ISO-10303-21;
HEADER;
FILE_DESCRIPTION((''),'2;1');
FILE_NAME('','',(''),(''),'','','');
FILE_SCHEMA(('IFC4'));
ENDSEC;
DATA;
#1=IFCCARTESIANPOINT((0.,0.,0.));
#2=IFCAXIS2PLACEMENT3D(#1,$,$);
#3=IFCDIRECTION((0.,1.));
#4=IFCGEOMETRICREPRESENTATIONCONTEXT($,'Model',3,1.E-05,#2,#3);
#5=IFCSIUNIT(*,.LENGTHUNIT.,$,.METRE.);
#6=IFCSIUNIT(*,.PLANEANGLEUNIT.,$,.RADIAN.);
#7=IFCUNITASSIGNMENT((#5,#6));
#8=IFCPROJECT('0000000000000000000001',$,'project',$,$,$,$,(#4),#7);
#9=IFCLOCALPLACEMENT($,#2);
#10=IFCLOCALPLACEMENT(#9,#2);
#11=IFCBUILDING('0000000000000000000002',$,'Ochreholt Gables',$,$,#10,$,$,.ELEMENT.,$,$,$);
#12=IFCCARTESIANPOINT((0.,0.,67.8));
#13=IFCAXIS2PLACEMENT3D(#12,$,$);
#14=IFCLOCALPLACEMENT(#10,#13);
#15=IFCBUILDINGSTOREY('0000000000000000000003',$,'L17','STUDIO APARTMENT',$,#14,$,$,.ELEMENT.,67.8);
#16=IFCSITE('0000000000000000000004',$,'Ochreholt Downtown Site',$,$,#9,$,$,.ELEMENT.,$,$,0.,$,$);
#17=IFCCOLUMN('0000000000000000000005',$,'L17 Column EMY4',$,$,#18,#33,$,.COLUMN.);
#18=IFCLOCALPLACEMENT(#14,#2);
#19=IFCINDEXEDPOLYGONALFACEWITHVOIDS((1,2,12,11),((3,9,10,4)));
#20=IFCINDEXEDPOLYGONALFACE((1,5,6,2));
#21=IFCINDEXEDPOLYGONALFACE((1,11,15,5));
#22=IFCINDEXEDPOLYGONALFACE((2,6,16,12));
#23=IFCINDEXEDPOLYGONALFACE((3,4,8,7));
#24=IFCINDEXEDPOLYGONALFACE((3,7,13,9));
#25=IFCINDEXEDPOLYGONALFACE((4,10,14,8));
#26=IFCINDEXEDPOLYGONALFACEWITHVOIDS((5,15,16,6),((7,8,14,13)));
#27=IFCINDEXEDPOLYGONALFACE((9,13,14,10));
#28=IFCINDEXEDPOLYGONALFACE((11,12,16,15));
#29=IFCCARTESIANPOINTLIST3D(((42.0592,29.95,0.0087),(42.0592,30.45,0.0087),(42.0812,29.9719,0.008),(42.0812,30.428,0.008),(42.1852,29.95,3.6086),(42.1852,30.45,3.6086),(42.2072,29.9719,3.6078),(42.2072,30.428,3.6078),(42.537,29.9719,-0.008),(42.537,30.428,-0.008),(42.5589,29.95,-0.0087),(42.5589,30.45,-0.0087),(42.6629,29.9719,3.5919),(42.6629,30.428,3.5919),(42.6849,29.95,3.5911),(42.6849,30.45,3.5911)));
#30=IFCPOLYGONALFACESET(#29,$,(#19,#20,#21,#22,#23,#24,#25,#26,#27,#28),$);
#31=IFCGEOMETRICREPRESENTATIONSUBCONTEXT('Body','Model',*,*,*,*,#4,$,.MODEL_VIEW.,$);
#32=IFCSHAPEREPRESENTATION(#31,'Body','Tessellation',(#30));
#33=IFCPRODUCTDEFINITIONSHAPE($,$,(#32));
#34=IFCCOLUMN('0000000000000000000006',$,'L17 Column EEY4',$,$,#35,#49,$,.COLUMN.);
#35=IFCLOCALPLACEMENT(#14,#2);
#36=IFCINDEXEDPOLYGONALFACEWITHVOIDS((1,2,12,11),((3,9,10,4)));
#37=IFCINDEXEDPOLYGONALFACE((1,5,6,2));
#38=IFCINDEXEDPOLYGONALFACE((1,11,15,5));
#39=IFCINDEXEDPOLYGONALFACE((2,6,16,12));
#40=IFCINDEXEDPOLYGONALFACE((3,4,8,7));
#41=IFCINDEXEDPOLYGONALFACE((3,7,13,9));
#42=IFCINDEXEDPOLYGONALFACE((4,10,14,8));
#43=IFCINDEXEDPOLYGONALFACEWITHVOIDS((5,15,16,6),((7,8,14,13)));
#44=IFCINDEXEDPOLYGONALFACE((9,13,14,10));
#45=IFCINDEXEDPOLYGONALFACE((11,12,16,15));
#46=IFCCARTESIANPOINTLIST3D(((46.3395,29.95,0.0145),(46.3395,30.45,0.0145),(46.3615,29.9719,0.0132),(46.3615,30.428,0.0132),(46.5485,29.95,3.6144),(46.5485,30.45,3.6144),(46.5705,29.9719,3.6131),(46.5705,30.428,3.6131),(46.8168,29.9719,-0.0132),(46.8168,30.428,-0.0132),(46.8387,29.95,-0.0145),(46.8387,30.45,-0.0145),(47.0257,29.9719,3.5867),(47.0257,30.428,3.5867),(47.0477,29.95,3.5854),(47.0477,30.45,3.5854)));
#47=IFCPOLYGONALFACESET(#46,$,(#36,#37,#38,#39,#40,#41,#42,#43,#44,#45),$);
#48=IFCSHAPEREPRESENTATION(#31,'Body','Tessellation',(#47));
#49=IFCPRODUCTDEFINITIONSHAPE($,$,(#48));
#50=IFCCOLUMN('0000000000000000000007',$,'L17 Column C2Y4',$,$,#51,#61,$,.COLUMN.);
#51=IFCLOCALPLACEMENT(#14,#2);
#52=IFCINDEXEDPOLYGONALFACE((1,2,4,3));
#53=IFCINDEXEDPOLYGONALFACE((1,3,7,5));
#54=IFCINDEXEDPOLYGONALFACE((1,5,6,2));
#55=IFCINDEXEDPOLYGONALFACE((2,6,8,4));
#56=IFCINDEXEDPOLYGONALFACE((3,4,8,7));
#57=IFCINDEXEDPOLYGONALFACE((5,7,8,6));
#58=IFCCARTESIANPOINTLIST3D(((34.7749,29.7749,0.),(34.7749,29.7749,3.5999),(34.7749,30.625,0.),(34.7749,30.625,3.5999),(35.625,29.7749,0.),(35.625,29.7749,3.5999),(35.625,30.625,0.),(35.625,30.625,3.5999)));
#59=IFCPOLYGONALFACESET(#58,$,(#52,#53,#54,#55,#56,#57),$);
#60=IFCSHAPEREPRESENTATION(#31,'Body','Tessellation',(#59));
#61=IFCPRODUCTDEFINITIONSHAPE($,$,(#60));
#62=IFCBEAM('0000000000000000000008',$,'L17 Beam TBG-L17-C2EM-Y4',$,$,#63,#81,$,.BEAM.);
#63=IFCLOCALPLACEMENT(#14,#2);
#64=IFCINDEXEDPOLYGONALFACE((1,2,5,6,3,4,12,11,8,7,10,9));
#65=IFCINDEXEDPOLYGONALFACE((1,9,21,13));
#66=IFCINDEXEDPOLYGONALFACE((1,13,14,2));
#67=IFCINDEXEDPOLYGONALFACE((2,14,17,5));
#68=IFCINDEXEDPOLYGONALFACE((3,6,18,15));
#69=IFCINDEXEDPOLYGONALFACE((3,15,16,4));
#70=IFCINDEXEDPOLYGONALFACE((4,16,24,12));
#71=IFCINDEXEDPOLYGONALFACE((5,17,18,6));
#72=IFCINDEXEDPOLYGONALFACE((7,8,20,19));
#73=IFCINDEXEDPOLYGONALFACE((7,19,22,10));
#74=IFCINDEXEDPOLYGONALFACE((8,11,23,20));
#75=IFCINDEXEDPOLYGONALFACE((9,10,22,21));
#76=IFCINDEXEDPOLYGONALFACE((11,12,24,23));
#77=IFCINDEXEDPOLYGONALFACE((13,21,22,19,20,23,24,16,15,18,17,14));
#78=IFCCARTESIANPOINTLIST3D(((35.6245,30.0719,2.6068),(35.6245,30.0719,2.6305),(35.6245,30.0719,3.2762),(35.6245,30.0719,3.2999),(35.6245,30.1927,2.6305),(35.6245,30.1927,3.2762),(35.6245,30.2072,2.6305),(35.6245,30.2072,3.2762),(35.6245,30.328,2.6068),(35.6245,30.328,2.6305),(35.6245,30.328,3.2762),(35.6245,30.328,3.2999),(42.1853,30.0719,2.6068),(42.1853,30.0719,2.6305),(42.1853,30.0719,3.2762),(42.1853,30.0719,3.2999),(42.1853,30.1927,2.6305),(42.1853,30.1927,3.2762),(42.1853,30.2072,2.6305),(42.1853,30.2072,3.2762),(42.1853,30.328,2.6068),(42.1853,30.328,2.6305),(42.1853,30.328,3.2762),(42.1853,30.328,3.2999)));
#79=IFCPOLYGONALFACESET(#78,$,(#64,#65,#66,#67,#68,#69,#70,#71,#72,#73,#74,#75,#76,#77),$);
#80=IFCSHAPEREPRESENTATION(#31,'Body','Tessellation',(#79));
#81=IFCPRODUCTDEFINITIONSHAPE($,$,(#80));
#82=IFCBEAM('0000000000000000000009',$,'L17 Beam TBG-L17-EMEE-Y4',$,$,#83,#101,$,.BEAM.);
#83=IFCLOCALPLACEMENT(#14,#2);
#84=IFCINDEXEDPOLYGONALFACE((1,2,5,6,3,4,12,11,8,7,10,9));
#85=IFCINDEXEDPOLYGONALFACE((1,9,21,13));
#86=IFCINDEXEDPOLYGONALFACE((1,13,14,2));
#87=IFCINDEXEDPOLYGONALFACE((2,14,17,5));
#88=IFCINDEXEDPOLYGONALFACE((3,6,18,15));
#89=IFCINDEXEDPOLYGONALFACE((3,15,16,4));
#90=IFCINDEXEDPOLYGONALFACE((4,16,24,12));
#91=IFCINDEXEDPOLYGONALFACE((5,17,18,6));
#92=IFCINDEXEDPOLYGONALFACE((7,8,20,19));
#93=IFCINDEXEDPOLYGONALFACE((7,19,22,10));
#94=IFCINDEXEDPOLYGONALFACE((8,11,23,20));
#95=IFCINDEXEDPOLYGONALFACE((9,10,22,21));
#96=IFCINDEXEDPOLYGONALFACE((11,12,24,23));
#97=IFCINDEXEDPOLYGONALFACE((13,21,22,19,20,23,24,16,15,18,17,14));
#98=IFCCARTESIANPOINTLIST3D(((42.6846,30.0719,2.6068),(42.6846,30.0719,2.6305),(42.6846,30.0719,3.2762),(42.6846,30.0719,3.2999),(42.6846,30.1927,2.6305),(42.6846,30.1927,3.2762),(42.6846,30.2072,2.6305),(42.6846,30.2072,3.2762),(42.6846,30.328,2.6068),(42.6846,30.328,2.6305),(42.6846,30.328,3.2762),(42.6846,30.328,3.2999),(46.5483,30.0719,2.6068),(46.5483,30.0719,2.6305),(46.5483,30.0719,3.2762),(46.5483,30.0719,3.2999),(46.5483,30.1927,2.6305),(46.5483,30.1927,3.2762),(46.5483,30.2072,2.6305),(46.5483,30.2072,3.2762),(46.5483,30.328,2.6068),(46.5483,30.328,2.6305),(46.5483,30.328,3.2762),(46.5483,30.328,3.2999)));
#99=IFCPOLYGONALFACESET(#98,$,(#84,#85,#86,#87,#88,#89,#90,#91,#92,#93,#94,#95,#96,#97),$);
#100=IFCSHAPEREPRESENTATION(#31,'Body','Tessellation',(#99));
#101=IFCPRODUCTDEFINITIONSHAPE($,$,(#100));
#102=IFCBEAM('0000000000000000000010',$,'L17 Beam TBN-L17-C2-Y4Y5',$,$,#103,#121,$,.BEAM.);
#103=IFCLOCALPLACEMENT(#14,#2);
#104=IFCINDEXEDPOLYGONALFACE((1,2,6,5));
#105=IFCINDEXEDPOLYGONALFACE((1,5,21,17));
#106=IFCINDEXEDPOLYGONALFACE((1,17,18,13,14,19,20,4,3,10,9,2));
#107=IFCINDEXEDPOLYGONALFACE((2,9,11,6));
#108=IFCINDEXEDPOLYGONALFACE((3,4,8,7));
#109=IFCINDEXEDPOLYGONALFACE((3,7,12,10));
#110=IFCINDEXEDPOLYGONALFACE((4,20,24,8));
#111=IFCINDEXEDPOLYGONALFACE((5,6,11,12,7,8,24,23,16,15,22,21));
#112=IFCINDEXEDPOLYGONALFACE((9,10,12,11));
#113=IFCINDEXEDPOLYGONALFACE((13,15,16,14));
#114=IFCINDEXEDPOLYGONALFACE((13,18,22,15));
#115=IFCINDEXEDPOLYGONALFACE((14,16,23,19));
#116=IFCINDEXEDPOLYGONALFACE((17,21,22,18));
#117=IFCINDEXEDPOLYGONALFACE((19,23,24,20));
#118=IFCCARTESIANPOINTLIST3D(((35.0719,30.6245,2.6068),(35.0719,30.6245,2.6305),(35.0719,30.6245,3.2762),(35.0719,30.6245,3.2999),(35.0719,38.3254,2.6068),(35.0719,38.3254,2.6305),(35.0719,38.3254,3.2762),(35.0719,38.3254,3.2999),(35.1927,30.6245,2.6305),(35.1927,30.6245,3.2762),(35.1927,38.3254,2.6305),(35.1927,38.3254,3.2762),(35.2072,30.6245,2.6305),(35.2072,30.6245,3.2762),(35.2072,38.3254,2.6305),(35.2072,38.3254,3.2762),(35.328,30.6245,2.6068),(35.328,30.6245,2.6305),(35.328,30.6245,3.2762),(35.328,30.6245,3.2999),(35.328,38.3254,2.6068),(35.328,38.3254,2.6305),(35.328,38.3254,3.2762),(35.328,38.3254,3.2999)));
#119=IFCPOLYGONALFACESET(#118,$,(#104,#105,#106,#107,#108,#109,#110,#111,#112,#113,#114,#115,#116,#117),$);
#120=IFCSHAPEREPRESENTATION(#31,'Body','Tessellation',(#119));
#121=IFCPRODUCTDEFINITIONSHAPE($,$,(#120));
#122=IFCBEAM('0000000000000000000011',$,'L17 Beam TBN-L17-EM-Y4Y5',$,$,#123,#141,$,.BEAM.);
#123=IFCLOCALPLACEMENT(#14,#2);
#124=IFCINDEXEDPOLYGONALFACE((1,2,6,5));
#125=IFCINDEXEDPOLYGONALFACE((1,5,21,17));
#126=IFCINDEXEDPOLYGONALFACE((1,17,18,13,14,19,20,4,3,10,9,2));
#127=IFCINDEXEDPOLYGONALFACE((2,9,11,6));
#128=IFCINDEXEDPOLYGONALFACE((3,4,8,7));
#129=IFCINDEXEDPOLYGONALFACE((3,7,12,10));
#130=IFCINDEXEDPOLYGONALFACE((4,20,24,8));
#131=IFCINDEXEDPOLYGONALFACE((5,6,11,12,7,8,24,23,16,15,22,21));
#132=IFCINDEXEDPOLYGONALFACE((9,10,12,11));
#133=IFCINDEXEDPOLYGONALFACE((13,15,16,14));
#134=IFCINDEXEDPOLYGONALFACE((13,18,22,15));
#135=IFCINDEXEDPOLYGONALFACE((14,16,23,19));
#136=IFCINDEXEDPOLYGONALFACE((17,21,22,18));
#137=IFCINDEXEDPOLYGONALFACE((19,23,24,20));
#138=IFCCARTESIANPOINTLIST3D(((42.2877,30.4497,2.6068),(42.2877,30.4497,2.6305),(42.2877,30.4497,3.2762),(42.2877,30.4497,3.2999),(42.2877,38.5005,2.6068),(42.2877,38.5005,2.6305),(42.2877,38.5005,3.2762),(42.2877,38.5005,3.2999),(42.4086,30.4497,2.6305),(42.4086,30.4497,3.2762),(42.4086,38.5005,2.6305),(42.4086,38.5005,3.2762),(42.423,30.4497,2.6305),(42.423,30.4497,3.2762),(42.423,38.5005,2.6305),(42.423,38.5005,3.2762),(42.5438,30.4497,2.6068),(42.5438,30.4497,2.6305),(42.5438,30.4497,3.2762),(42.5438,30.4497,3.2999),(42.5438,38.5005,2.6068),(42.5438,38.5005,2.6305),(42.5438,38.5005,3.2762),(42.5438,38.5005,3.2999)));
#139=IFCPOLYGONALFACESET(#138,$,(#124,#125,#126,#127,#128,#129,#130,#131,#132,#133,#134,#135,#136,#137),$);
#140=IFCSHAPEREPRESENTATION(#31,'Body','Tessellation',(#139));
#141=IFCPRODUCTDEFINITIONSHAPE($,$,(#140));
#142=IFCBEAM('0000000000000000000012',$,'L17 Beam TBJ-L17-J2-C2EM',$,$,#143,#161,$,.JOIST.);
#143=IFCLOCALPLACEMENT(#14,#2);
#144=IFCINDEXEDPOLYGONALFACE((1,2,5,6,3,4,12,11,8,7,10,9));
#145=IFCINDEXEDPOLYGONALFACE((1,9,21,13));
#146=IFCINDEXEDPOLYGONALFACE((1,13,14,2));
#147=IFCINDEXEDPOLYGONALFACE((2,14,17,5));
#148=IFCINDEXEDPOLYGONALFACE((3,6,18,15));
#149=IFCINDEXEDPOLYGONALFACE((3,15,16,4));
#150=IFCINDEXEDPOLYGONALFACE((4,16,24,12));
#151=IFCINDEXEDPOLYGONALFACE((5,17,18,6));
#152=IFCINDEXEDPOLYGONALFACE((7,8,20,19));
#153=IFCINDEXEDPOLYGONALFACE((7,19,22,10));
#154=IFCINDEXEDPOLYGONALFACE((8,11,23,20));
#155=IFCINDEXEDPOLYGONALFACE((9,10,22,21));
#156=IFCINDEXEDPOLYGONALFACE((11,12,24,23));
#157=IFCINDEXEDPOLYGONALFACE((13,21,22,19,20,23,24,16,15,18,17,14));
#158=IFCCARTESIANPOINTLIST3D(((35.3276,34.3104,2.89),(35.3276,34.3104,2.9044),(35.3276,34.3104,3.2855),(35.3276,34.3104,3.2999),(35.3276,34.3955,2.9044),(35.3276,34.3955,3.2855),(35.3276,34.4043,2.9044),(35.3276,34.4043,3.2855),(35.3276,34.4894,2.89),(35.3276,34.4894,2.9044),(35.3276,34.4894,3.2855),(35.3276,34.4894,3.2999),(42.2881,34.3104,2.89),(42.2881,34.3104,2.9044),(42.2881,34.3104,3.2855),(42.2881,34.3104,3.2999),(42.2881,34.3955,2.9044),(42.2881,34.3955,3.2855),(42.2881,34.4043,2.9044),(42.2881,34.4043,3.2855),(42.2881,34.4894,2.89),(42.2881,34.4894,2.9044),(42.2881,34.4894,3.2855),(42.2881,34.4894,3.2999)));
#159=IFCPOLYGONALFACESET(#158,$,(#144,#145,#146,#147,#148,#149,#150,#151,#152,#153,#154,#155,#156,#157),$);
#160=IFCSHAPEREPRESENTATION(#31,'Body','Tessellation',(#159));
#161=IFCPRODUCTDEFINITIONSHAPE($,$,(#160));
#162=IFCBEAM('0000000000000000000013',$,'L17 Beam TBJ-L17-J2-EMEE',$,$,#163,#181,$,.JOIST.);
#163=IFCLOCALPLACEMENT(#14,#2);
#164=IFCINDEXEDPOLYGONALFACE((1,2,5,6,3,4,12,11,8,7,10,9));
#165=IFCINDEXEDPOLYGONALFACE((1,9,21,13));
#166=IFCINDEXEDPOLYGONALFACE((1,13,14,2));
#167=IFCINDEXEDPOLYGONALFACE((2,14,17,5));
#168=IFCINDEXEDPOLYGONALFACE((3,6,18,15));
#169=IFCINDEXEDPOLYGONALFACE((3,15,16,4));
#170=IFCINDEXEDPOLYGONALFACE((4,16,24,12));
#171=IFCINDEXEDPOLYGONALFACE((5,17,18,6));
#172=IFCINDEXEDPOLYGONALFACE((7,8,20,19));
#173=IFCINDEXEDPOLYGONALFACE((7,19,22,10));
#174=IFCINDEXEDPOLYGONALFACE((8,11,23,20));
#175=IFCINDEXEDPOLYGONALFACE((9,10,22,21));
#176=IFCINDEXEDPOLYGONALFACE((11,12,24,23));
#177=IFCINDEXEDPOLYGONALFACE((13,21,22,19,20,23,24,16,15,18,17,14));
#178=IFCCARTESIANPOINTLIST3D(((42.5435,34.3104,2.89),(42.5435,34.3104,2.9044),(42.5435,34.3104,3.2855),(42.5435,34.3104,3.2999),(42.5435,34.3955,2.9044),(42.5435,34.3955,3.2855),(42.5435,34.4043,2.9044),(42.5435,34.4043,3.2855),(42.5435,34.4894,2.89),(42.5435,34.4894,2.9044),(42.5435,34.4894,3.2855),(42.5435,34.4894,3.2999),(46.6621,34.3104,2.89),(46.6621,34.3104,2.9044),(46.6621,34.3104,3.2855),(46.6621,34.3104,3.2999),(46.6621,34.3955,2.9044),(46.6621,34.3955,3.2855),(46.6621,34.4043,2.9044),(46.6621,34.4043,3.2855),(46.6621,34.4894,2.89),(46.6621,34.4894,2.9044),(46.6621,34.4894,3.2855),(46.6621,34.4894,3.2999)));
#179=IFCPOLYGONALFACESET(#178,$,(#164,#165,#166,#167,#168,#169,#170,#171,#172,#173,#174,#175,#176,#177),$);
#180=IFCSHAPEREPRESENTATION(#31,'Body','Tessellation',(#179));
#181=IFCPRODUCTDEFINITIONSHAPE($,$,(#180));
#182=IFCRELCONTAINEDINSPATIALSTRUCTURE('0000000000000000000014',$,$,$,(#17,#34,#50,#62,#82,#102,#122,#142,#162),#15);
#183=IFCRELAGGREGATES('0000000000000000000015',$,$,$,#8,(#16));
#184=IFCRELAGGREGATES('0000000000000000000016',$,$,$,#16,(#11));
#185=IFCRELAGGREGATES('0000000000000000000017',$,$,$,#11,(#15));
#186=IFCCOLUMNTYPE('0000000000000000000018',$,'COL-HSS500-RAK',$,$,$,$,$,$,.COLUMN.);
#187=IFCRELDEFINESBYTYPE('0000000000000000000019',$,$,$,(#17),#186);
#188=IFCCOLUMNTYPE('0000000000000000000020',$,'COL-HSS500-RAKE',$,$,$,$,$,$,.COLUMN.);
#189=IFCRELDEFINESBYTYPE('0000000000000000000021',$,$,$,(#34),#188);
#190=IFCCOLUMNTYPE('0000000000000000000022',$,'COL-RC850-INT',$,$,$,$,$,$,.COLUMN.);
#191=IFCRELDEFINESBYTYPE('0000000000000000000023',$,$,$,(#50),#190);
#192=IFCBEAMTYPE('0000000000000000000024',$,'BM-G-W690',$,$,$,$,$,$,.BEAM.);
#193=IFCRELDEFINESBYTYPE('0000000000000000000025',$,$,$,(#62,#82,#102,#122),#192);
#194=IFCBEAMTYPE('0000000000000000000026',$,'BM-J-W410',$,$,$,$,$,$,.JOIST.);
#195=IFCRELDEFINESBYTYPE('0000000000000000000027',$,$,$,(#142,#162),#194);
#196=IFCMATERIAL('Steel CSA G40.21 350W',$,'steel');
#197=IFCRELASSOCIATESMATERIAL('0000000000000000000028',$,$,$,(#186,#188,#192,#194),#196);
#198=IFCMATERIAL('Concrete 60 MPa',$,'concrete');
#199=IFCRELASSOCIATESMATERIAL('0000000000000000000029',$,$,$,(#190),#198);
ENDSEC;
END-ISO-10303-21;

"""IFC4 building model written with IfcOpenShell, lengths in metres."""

from ifc_helpers import new_model, si_unit, direction, frame, origin, origin_2d, place, context, subcontext, project, spatial, rectangle, hollow_rectangle, i_section, extrude, material, material_profile, profile_set, type_object, element, save


model = new_model("IFC4")

# Units and contexts
model_context = context("Model", 3, precision=1e-05, world=origin(), true_north=direction((0.0, 1.0)))
body_context = subcontext(model_context, "Body", "Model", "MODEL_VIEW")
ifc_project = project(units=[si_unit("LENGTHUNIT", "METRE"), si_unit("PLANEANGLEUNIT", "RADIAN")], contexts=[model_context])

# Site, building, storey
site_placement = place(None, origin())
site = spatial("IfcSite", under=ifc_project, at=site_placement, Name="Ochreholt Downtown Site", CompositionType="ELEMENT", RefElevation=0.0)
building_placement = place(site_placement, origin())
building = spatial("IfcBuilding", under=site, at=building_placement, Name="Ochreholt Gables", CompositionType="ELEMENT")
storey_placement = place(building_placement, frame((0.0, 0.0, 67.8)))
storey = spatial("IfcBuildingStorey", under=building, at=storey_placement, Name="L17", Description="STUDIO APARTMENT", CompositionType="ELEMENT", Elevation=67.8)

# Columns
ifc_material_1 = material(Name="Steel CSA G40.21 350W", Category="steel")
ifc_material_profile_1 = material_profile(ifc_material_1, hollow_rectangle(XDim=0.5, YDim=0.5, WallThickness=0.022, at=origin_2d()), Name="HSS500X500X22")
ifc_profile_set_1 = profile_set([ifc_material_profile_1], Name="Steel CSA G40.21 350W")
column_type_1 = type_object("IfcColumnType", Name="COL-HSS500-RAK", PredefinedType="COLUMN", material=ifc_profile_set_1)
column_1_placement = place(storey_placement, frame((42.3091, 30.2, 0.0), z_axis=(0.034974, 0.0, 0.999388), x_axis=(0.0, 1.0, 0.0)))
element("IfcColumn", 1, at=column_1_placement, inside=storey, type_object=column_type_1, Name="L17 Column EMY4", PredefinedType="COLUMN", context=body_context, shape_type="SweptSolid", body=[
    extrude(hollow_rectangle(XDim=0.5, YDim=0.5, WallThickness=0.022, at=origin_2d()), origin(), (0.0, 0.0, 1.0), 3.6021),
])
ifc_material_profile_2 = material_profile(ifc_material_1, hollow_rectangle(XDim=0.5, YDim=0.5, WallThickness=0.022, at=origin_2d()), Name="HSS500X500X22")
ifc_profile_set_2 = profile_set([ifc_material_profile_2], Name="Steel CSA G40.21 350W")
column_type_2 = type_object("IfcColumnType", Name="COL-HSS500-RAKE", PredefinedType="COLUMN", material=ifc_profile_set_2)
column_2_placement = place(storey_placement, frame((46.5891, 30.2, 0.0), z_axis=(0.057956, 0.0, 0.998319), x_axis=(0.0, 1.0, 0.0)))
element("IfcColumn", 2, at=column_2_placement, inside=storey, type_object=column_type_2, Name="L17 Column EEY4", PredefinedType="COLUMN", context=body_context, shape_type="SweptSolid", body=[
    extrude(hollow_rectangle(XDim=0.5, YDim=0.5, WallThickness=0.022, at=origin_2d()), origin(), (0.0, 0.0, 1.0), 3.606),
])
ifc_material_2 = material(Name="Concrete 60 MPa", Category="concrete")
ifc_material_profile_3 = material_profile(ifc_material_2, rectangle(XDim=0.8501, YDim=0.8501, at=origin_2d()), Name="RC850X850")
ifc_profile_set_3 = profile_set([ifc_material_profile_3], Name="Concrete 60 MPa")
column_type_3 = type_object("IfcColumnType", Name="COL-RC850-INT", PredefinedType="COLUMN", material=ifc_profile_set_3)
column_3_placement = place(storey_placement, frame((35.2, 30.2, 0.0), z_axis=(0.0, 0.0, 1.0), x_axis=(1.0, 0.0, 0.0)))
element("IfcColumn", 3, at=column_3_placement, inside=storey, type_object=column_type_3, Name="L17 Column C2Y4", PredefinedType="COLUMN", context=body_context, shape_type="SweptSolid", body=[
    extrude(rectangle(XDim=0.8501, YDim=0.8501, at=origin_2d()), origin(), (0.0, 0.0, 1.0), 3.5999),
])

# Beams
ifc_material_profile_4 = material_profile(ifc_material_1, i_section(OverallWidth=0.2561, OverallDepth=0.6931, WebThickness=0.0144, FlangeThickness=0.0237, at=origin_2d()), Name="W690X170")
ifc_profile_set_4 = profile_set([ifc_material_profile_4], Name="Steel CSA G40.21 350W")
beam_type_1 = type_object("IfcBeamType", Name="BM-G-W690", PredefinedType="BEAM", material=ifc_profile_set_4)
beam_1_placement = place(storey_placement, frame((35.6245, 30.2, 2.9534), z_axis=(1.0, 0.0, 0.0), x_axis=(0.0, 1.0, 0.0)))
element("IfcBeam", 4, at=beam_1_placement, inside=storey, type_object=beam_type_1, Name="L17 Beam TBG-L17-C2EM-Y4", PredefinedType="BEAM", context=body_context, shape_type="SweptSolid", body=[
    extrude(i_section(OverallWidth=0.2561, OverallDepth=0.6931, WebThickness=0.0144, FlangeThickness=0.0237, at=origin_2d()), origin(), (0.0, 0.0, 1.0), 6.5608),
])
beam_2_placement = place(storey_placement, frame((42.6846, 30.2, 2.9534), z_axis=(1.0, 0.0, 0.0), x_axis=(0.0, 1.0, 0.0)))
element("IfcBeam", 5, at=beam_2_placement, inside=storey, type_object=beam_type_1, Name="L17 Beam TBG-L17-EMEE-Y4", PredefinedType="BEAM", context=body_context, shape_type="SweptSolid", body=[
    extrude(i_section(OverallWidth=0.2561, OverallDepth=0.6931, WebThickness=0.0144, FlangeThickness=0.0237, at=origin_2d()), origin(), (0.0, 0.0, 1.0), 3.8638),
])
beam_3_placement = place(storey_placement, frame((35.2, 30.6245, 2.9534), z_axis=(0.0, 1.0, 0.0), x_axis=(-1.0, 0.0, 0.0)))
element("IfcBeam", 6, at=beam_3_placement, inside=storey, type_object=beam_type_1, Name="L17 Beam TBN-L17-C2-Y4Y5", PredefinedType="BEAM", context=body_context, shape_type="SweptSolid", body=[
    extrude(i_section(OverallWidth=0.2561, OverallDepth=0.6931, WebThickness=0.0144, FlangeThickness=0.0237, at=origin_2d()), origin(), (0.0, 0.0, 1.0), 7.7009),
])
beam_4_placement = place(storey_placement, frame((42.4158, 30.4497, 2.9534), z_axis=(0.0, 1.0, 0.0), x_axis=(-1.0, 0.0, 0.0)))
element("IfcBeam", 7, at=beam_4_placement, inside=storey, type_object=beam_type_1, Name="L17 Beam TBN-L17-EM-Y4Y5", PredefinedType="BEAM", context=body_context, shape_type="SweptSolid", body=[
    extrude(i_section(OverallWidth=0.2561, OverallDepth=0.6931, WebThickness=0.0144, FlangeThickness=0.0237, at=origin_2d()), origin(), (0.0, 0.0, 1.0), 8.0508),
])
ifc_material_profile_5 = material_profile(ifc_material_1, i_section(OverallWidth=0.179, OverallDepth=0.4099, WebThickness=0.0088, FlangeThickness=0.0144, at=origin_2d()), Name="W410X67")
ifc_profile_set_5 = profile_set([ifc_material_profile_5], Name="Steel CSA G40.21 350W")
beam_type_2 = type_object("IfcBeamType", Name="BM-J-W410", PredefinedType="JOIST", material=ifc_profile_set_5)
beam_5_placement = place(storey_placement, frame((35.3276, 34.3999, 3.095), z_axis=(1.0, 0.0, 0.0), x_axis=(0.0, 1.0, 0.0)))
element("IfcBeam", 8, at=beam_5_placement, inside=storey, type_object=beam_type_2, Name="L17 Beam TBJ-L17-J2-C2EM", PredefinedType="JOIST", context=body_context, shape_type="SweptSolid", body=[
    extrude(i_section(OverallWidth=0.179, OverallDepth=0.4099, WebThickness=0.0088, FlangeThickness=0.0144, at=origin_2d()), origin(), (0.0, 0.0, 1.0), 6.9604),
])
beam_6_placement = place(storey_placement, frame((42.5435, 34.3999, 3.095), z_axis=(1.0, 0.0, 0.0), x_axis=(0.0, 1.0, 0.0)))
element("IfcBeam", 9, at=beam_6_placement, inside=storey, type_object=beam_type_2, Name="L17 Beam TBJ-L17-J2-EMEE", PredefinedType="JOIST", context=body_context, shape_type="SweptSolid", body=[
    extrude(i_section(OverallWidth=0.179, OverallDepth=0.4099, WebThickness=0.0088, FlangeThickness=0.0144, at=origin_2d()), origin(), (0.0, 0.0, 1.0), 4.1187),
])

save(model, "model.ifc")
